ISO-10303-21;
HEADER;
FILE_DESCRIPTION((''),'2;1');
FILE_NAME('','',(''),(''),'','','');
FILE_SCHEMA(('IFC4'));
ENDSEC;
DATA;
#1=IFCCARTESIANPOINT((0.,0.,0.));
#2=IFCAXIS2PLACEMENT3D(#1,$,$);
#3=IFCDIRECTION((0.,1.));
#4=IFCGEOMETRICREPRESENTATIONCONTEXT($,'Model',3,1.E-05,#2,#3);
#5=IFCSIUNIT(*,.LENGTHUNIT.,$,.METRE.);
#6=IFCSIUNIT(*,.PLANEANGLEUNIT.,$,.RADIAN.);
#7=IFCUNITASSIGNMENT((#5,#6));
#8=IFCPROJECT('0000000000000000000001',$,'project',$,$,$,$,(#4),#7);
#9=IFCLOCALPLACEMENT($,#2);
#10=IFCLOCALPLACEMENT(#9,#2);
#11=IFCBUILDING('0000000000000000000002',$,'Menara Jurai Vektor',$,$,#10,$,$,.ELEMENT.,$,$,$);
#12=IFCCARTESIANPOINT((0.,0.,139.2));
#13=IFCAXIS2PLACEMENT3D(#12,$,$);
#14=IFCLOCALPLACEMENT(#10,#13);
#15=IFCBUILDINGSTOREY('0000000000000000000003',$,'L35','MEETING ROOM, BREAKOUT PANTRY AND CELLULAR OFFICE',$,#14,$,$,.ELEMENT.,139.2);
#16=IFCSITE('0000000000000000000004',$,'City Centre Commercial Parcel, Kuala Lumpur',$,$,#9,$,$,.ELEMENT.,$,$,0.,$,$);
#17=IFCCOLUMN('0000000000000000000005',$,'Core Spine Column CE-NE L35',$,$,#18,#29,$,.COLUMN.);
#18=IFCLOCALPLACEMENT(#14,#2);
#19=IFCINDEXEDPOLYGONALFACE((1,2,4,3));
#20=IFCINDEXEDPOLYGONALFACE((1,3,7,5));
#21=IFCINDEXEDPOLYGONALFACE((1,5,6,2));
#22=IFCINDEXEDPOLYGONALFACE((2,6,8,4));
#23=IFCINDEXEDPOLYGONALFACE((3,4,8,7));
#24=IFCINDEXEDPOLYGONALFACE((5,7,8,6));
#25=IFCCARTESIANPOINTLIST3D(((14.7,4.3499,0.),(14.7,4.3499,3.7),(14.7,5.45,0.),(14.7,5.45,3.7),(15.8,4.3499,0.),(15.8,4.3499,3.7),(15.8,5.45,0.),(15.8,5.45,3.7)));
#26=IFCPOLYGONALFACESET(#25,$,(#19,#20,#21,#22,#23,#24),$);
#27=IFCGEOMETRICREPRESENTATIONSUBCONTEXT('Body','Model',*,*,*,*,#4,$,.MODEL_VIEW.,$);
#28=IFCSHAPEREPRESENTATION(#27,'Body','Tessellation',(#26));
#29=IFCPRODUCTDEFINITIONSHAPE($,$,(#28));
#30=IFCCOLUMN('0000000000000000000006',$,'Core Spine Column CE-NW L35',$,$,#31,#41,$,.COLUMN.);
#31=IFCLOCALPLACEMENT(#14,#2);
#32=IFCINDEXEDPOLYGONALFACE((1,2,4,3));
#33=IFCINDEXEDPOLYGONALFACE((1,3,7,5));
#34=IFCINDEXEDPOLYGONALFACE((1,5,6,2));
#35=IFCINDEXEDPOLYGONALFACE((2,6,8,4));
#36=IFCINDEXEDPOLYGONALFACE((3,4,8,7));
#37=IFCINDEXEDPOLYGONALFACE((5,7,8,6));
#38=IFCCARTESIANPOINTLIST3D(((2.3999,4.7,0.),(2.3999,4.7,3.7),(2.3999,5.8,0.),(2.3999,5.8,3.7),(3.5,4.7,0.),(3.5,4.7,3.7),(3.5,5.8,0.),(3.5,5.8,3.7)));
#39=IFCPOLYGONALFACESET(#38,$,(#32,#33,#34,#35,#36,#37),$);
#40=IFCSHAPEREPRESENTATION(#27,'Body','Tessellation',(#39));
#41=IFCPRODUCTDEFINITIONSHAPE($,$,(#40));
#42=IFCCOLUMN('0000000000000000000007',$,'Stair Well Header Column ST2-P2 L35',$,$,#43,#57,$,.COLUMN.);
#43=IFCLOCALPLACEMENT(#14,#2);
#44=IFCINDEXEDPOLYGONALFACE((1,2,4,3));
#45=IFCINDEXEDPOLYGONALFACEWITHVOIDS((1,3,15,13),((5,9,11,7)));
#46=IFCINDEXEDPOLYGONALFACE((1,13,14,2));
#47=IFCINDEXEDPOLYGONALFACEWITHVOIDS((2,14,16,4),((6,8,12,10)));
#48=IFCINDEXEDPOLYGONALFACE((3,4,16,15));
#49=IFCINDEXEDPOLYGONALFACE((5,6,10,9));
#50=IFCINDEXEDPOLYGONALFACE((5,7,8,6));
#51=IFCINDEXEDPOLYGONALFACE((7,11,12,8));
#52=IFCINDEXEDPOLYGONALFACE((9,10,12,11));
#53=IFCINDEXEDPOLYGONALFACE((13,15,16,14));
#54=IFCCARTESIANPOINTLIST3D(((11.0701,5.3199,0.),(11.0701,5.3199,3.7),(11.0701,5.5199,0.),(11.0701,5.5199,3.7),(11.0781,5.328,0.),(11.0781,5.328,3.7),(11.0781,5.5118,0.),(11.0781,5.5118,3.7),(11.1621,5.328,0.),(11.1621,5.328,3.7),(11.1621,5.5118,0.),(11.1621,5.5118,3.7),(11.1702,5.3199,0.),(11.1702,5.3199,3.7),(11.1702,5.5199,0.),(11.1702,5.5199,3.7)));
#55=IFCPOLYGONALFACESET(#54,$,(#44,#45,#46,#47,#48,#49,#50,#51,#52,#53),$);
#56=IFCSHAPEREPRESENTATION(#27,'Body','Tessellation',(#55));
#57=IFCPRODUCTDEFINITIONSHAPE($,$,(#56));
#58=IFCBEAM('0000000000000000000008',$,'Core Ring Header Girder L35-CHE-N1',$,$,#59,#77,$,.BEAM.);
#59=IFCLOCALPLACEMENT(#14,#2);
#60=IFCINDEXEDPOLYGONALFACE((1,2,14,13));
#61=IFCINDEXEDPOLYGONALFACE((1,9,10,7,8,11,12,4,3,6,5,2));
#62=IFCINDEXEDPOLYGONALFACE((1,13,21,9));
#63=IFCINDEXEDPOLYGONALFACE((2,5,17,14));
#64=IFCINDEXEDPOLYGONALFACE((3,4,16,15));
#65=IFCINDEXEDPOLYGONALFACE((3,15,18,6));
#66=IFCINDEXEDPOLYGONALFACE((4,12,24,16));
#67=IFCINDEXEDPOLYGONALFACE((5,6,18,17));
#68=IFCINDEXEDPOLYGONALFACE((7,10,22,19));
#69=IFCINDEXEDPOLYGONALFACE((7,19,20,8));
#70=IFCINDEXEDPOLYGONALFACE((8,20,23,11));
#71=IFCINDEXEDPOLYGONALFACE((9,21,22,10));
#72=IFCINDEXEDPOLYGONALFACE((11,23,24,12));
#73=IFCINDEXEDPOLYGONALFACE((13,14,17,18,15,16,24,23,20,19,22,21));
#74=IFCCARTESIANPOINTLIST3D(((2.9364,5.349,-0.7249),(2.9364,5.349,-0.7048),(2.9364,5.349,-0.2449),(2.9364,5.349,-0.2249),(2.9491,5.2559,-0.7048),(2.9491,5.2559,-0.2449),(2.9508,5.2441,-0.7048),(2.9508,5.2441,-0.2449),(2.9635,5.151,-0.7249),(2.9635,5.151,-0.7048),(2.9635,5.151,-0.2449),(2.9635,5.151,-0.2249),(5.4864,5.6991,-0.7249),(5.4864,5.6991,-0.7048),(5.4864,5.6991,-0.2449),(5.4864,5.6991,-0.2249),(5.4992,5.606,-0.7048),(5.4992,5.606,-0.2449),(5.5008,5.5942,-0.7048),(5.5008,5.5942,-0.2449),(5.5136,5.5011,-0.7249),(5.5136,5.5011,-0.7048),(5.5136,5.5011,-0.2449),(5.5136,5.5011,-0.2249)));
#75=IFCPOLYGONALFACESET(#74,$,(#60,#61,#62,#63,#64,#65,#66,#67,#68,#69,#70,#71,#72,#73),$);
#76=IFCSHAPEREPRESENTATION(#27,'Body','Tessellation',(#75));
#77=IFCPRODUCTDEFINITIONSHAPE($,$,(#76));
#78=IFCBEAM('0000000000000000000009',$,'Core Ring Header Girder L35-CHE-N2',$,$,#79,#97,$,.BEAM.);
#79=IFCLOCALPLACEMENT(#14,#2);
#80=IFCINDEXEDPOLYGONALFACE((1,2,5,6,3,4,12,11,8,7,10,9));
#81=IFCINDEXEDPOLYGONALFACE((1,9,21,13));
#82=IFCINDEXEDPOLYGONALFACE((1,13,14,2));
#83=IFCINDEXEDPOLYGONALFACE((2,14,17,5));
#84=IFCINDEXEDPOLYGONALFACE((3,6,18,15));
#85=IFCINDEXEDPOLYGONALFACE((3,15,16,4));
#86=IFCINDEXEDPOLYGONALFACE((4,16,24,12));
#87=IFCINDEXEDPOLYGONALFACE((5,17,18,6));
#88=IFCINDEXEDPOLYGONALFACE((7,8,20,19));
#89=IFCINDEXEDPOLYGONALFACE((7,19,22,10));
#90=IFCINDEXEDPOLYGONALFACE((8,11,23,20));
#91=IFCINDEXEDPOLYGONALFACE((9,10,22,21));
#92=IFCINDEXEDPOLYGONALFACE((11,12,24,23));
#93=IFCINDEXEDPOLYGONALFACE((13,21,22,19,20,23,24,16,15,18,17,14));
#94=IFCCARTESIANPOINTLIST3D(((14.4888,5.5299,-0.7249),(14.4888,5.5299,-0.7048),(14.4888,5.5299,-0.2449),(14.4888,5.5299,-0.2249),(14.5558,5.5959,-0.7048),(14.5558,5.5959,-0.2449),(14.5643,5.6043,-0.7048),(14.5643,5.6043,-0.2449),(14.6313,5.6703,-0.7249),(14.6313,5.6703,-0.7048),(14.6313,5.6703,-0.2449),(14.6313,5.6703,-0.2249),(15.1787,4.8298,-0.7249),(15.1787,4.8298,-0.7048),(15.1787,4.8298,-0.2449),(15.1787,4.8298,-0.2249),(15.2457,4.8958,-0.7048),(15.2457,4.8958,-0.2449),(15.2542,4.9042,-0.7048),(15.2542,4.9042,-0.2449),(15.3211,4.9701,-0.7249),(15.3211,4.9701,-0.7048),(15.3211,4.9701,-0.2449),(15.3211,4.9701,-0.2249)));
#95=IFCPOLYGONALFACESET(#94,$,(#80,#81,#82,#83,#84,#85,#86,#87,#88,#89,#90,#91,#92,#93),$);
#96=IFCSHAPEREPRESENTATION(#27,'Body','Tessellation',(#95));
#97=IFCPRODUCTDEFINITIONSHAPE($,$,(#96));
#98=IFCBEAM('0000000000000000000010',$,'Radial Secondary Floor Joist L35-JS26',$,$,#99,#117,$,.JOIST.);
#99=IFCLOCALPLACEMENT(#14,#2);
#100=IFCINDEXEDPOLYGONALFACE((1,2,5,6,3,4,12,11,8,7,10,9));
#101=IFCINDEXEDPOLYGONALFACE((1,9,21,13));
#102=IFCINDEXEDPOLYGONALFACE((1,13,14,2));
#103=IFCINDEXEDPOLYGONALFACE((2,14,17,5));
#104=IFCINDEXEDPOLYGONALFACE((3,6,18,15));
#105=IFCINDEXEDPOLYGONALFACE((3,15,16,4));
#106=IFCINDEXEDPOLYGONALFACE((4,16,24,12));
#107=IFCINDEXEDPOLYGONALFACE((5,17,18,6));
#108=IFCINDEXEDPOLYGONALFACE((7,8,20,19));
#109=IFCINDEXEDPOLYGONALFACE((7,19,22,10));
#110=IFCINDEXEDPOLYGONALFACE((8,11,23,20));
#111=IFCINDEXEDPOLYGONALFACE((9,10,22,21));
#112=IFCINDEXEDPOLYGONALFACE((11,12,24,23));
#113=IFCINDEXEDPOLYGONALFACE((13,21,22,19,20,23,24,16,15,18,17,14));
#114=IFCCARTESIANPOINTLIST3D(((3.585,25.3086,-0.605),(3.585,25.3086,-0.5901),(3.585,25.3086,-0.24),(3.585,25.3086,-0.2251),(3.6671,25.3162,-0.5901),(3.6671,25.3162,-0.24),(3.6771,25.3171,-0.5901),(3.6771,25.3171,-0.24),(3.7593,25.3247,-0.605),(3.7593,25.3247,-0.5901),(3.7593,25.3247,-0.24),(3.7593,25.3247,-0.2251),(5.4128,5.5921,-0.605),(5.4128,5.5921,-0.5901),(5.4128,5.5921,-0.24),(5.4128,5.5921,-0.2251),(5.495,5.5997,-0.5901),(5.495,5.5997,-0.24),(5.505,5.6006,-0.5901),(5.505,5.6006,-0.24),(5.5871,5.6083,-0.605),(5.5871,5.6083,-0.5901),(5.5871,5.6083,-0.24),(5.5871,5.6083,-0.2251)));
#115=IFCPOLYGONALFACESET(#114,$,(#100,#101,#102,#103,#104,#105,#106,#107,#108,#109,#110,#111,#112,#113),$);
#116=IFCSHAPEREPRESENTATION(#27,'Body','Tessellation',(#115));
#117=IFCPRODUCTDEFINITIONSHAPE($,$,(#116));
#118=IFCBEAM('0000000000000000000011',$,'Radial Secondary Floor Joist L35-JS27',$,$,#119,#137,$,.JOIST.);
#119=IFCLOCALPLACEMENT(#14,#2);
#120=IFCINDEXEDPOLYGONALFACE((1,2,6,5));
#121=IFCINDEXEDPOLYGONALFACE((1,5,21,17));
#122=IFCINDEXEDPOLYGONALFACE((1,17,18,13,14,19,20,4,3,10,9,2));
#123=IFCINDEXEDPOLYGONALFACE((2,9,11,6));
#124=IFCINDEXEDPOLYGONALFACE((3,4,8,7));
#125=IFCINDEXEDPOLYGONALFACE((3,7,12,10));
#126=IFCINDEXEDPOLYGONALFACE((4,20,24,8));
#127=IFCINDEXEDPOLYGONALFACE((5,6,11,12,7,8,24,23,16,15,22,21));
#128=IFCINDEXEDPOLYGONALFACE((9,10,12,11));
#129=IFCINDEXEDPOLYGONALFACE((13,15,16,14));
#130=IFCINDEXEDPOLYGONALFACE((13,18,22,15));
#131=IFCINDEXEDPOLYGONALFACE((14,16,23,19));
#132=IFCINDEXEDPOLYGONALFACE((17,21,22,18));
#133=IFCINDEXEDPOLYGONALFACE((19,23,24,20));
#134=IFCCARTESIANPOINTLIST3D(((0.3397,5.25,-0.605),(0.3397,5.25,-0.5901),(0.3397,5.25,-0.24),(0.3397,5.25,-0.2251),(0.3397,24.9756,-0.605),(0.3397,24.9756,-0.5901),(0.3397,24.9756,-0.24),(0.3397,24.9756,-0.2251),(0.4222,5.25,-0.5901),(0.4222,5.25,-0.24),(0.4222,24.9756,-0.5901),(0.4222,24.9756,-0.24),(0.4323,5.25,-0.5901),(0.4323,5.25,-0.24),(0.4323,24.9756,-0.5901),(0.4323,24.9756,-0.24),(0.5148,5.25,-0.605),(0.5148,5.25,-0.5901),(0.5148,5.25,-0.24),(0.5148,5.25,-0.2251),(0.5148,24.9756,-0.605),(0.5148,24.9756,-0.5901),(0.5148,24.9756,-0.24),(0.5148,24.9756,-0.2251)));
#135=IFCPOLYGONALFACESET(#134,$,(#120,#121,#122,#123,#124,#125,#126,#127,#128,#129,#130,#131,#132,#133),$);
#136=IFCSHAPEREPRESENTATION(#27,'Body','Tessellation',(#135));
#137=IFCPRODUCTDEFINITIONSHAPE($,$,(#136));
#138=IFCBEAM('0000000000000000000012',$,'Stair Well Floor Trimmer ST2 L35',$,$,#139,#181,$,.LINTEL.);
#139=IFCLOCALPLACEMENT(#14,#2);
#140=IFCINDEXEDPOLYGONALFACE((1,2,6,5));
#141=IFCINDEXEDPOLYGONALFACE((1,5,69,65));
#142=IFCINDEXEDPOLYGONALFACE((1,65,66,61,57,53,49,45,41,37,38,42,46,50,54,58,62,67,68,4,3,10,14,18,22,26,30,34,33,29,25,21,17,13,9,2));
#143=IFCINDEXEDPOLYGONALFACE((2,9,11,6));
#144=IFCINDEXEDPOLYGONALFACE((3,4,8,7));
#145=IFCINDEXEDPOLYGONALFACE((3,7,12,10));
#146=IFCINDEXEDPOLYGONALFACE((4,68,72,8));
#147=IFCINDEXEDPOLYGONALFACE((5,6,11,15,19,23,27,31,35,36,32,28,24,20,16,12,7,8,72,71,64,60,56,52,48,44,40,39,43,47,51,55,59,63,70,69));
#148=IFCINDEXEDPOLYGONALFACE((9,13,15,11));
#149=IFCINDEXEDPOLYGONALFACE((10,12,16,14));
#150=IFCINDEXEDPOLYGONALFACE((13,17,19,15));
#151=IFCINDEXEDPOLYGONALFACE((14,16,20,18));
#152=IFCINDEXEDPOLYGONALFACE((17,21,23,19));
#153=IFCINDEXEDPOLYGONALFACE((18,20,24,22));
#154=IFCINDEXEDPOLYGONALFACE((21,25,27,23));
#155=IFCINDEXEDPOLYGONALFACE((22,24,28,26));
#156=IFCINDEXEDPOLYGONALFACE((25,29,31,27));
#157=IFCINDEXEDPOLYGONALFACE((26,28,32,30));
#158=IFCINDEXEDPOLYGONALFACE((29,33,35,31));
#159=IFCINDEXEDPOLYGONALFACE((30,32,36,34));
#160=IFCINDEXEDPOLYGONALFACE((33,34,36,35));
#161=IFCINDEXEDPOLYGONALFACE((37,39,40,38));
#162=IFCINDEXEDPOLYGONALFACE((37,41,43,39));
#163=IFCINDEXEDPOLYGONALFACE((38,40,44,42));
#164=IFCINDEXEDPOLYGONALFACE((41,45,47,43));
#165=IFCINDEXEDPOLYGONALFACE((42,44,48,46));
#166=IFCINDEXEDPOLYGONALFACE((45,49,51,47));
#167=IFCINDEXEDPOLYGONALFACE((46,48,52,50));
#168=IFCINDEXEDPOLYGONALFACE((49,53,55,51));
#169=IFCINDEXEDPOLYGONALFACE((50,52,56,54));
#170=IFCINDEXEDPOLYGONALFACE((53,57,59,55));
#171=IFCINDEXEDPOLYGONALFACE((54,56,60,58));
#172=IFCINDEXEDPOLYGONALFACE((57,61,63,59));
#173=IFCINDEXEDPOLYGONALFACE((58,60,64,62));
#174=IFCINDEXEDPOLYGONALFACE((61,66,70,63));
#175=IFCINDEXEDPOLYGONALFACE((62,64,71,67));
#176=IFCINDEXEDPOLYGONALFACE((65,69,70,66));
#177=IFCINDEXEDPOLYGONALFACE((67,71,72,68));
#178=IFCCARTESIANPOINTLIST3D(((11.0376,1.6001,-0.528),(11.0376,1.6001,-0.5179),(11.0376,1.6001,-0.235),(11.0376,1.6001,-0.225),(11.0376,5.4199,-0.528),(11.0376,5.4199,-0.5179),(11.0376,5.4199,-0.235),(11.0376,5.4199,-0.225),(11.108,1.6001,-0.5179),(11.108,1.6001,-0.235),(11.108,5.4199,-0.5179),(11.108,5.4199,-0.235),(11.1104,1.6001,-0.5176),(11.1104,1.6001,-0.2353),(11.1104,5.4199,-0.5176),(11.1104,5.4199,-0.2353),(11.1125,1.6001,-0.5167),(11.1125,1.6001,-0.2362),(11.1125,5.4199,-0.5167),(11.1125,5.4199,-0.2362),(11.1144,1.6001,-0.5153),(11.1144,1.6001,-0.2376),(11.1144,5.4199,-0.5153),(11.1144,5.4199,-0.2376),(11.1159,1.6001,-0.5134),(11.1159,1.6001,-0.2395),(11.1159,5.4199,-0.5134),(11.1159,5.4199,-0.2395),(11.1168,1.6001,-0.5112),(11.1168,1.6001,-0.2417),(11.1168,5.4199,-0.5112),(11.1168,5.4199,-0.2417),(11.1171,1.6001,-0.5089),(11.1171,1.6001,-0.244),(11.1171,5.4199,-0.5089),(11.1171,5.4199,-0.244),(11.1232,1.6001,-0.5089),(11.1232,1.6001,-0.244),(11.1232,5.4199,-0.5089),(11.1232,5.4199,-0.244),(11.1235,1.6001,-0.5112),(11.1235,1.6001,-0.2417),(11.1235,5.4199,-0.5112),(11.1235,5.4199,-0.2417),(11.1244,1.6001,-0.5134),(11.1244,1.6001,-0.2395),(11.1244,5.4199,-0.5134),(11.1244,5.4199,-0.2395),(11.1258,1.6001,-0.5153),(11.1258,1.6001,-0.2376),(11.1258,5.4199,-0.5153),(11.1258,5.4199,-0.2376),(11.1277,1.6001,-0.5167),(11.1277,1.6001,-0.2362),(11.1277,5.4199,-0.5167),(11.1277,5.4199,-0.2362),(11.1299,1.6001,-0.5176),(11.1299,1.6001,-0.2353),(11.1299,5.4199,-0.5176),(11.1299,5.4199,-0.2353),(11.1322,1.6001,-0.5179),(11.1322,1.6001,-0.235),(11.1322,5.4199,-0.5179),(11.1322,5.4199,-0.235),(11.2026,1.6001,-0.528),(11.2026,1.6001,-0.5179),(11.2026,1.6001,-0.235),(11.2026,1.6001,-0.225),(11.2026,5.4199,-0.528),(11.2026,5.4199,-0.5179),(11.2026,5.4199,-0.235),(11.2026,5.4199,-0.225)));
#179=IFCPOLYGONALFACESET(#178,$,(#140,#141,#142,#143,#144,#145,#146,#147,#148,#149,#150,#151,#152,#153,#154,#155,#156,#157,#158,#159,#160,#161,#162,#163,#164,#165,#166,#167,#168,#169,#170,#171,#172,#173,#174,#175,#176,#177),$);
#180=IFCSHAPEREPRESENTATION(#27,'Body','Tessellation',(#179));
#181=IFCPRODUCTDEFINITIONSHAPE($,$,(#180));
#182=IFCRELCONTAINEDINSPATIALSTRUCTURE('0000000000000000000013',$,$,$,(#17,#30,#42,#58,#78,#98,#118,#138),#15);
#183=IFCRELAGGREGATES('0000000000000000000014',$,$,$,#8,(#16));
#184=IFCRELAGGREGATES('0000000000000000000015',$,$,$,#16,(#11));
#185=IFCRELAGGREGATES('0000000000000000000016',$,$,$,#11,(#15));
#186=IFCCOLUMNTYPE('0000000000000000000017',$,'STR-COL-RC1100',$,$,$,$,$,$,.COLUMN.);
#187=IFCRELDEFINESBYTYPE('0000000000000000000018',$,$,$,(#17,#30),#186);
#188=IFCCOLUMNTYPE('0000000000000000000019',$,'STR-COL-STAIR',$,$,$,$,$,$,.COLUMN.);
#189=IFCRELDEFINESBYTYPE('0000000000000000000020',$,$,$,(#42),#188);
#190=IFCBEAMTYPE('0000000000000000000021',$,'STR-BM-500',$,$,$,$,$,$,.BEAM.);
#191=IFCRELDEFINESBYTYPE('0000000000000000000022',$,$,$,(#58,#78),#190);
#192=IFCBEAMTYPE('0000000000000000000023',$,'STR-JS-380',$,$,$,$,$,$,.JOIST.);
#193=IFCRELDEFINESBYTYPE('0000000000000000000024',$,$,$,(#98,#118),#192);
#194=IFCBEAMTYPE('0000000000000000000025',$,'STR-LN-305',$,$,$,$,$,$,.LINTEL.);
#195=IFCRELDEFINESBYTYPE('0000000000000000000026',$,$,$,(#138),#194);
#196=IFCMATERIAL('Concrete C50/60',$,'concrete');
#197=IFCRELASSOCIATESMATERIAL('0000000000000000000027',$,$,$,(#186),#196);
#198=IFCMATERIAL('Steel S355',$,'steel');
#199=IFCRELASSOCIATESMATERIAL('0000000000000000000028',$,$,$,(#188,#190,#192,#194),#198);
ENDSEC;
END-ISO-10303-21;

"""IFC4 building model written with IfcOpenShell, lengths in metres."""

from ifc_helpers import new_model, si_unit, direction, frame, origin, origin_2d, place, context, subcontext, project, spatial, rectangle, hollow_rectangle, i_section, extrude, material, material_profile, profile_set, type_object, element, save


model = new_model("IFC4")

# Units and contexts
model_context = context("Model", 3, precision=1e-05, world=origin(), true_north=direction((0.0, 1.0)))
body_context = subcontext(model_context, "Body", "Model", "MODEL_VIEW")
ifc_project = project(units=[si_unit("LENGTHUNIT", "METRE"), si_unit("PLANEANGLEUNIT", "RADIAN")], contexts=[model_context])

# Site, building, storey
site_placement = place(None, origin())
site = spatial("IfcSite", under=ifc_project, at=site_placement, Name="City Centre Commercial Parcel, Kuala Lumpur", CompositionType="ELEMENT", RefElevation=0.0)
building_placement = place(site_placement, origin())
building = spatial("IfcBuilding", under=site, at=building_placement, Name="Menara Jurai Vektor", CompositionType="ELEMENT")
storey_placement = place(building_placement, frame((0.0, 0.0, 139.2)))
storey = spatial("IfcBuildingStorey", under=building, at=storey_placement, Name="L35", Description="MEETING ROOM, BREAKOUT PANTRY AND CELLULAR OFFICE", CompositionType="ELEMENT", Elevation=139.2)

# Columns
ifc_material_1 = material(Name="Concrete C50/60", Category="concrete")
ifc_material_profile_1 = material_profile(ifc_material_1, rectangle(XDim=1.1001, YDim=1.1001, at=origin_2d()), Name="RC 1100x1100")
ifc_profile_set_1 = profile_set([ifc_material_profile_1], Name="Concrete C50/60")
column_type_1 = type_object("IfcColumnType", Name="STR-COL-RC1100", PredefinedType="COLUMN", material=ifc_profile_set_1)
for number, where, z_axis, x_axis, name in (
    (1, (15.25, 4.8999, 0.0), (0.0, 0.0, 1.0), (1.0, 0.0, 0.0), "Core Spine Column CE-NE L35"),
    (2, (2.95, 5.25, 0.0), (0.0, 0.0, 1.0), (1.0, 0.0, 0.0), "Core Spine Column CE-NW L35"),
):
    element("IfcColumn", number, at=place(storey_placement, frame(where, z_axis=z_axis, x_axis=x_axis)), inside=storey, type_object=column_type_1, Name=name, PredefinedType="COLUMN", context=body_context, shape_type="SweptSolid", body=[
        extrude(rectangle(XDim=1.1001, YDim=1.1001, at=origin_2d()), origin(), (0.0, 0.0, 1.0), 3.7),
    ])
ifc_material_2 = material(Name="Steel S355", Category="steel")
ifc_material_profile_2 = material_profile(ifc_material_2, hollow_rectangle(XDim=0.1001, YDim=0.2, WallThickness=0.0081, at=origin_2d()), Name="RHS 200x100x8")
ifc_profile_set_2 = profile_set([ifc_material_profile_2], Name="Steel S355")
column_type_2 = type_object("IfcColumnType", Name="STR-COL-STAIR", PredefinedType="COLUMN", material=ifc_profile_set_2)
column_placement = place(storey_placement, frame((11.1201, 5.4199, 0.0), z_axis=(0.0, 0.0, 1.0), x_axis=(1.0, 0.0, 0.0)))
element("IfcColumn", 3, at=column_placement, inside=storey, type_object=column_type_2, Name="Stair Well Header Column ST2-P2 L35", PredefinedType="COLUMN", context=body_context, shape_type="SweptSolid", body=[
    extrude(hollow_rectangle(XDim=0.1001, YDim=0.2, WallThickness=0.0081, at=origin_2d()), origin(), (0.0, 0.0, 1.0), 3.7),
])

# Beams
ifc_material_profile_3 = material_profile(ifc_material_2, i_section(OverallWidth=0.2, OverallDepth=0.5, WebThickness=0.012, FlangeThickness=0.02, at=origin_2d()), Name="PG 500x200x96")
ifc_profile_set_3 = profile_set([ifc_material_profile_3], Name="Steel S355")
beam_type_1 = type_object("IfcBeamType", Name="STR-BM-500", PredefinedType="BEAM", material=ifc_profile_set_3)
beam_1_placement = place(storey_placement, frame((2.95, 5.25, -0.4749), z_axis=(0.990707, 0.136015, 0.0), x_axis=(-0.136015, 0.990707, 0.0)))
element("IfcBeam", 4, at=beam_1_placement, inside=storey, type_object=beam_type_1, Name="Core Ring Header Girder L35-CHE-N1", PredefinedType="BEAM", context=body_context, shape_type="SweptSolid", body=[
    extrude(i_section(OverallWidth=0.2, OverallDepth=0.5, WebThickness=0.012, FlangeThickness=0.02, at=origin_2d()), origin(), (0.0, 0.0, 1.0), 2.574),
])
beam_2_placement = place(storey_placement, frame((14.5601, 5.6001, -0.4749), z_axis=(0.701872, -0.712303, 0.0), x_axis=(0.712303, 0.701872, 0.0)))
element("IfcBeam", 5, at=beam_2_placement, inside=storey, type_object=beam_type_1, Name="Core Ring Header Girder L35-CHE-N2", PredefinedType="BEAM", context=body_context, shape_type="SweptSolid", body=[
    extrude(i_section(OverallWidth=0.2, OverallDepth=0.5, WebThickness=0.012, FlangeThickness=0.02, at=origin_2d()), origin(), (0.0, 0.0, 1.0), 0.9829),
])
ifc_material_profile_4 = material_profile(ifc_material_2, i_section(OverallWidth=0.175, OverallDepth=0.3799, WebThickness=0.01, FlangeThickness=0.0149, at=origin_2d()), Name="PG 380x175x58")
ifc_profile_set_4 = profile_set([ifc_material_profile_4], Name="Steel S355")
beam_type_2 = type_object("IfcBeamType", Name="STR-JS-380", PredefinedType="JOIST", material=ifc_profile_set_4)
beam_3_placement = place(storey_placement, frame((3.6721, 25.3167, -0.415), z_axis=(0.092312, -0.99573, 0.0), x_axis=(0.99573, 0.092312, 0.0)))
element("IfcBeam", 6, at=beam_3_placement, inside=storey, type_object=beam_type_2, Name="Radial Secondary Floor Joist L35-JS26", PredefinedType="JOIST", context=body_context, shape_type="SweptSolid", body=[
    extrude(i_section(OverallWidth=0.175, OverallDepth=0.3799, WebThickness=0.01, FlangeThickness=0.0149, at=origin_2d()), origin(), (0.0, 0.0, 1.0), 19.801),
])
beam_4_placement = place(storey_placement, frame((0.4272, 24.9756, -0.415), z_axis=(0.0, -1.0, 0.0), x_axis=(1.0, 0.0, 0.0)))
element("IfcBeam", 7, at=beam_4_placement, inside=storey, type_object=beam_type_2, Name="Radial Secondary Floor Joist L35-JS27", PredefinedType="JOIST", context=body_context, shape_type="SweptSolid", body=[
    extrude(i_section(OverallWidth=0.175, OverallDepth=0.3799, WebThickness=0.01, FlangeThickness=0.0149, at=origin_2d()), origin(), (0.0, 0.0, 1.0), 19.7256),
])
ifc_material_profile_5 = material_profile(ifc_material_2, i_section(OverallWidth=0.165, OverallDepth=0.303, WebThickness=0.0061, FlangeThickness=0.01, FilletRadius=0.009, at=origin_2d()), Name="UKB 305x165x40")
ifc_profile_set_5 = profile_set([ifc_material_profile_5], Name="Steel S355")
beam_type_3 = type_object("IfcBeamType", Name="STR-LN-305", PredefinedType="LINTEL", material=ifc_profile_set_5)
beam_5_placement = place(storey_placement, frame((11.1201, 1.6001, -0.3765), z_axis=(0.0, 1.0, 0.0), x_axis=(-1.0, 0.0, 0.0)))
element("IfcBeam", 8, at=beam_5_placement, inside=storey, type_object=beam_type_3, Name="Stair Well Floor Trimmer ST2 L35", PredefinedType="LINTEL", context=body_context, shape_type="SweptSolid", body=[
    extrude(i_section(OverallWidth=0.165, OverallDepth=0.303, WebThickness=0.0061, FlangeThickness=0.01, FilletRadius=0.009, at=origin_2d()), origin(), (0.0, 0.0, 1.0), 3.8198),
])

save(model, "model.ifc")
